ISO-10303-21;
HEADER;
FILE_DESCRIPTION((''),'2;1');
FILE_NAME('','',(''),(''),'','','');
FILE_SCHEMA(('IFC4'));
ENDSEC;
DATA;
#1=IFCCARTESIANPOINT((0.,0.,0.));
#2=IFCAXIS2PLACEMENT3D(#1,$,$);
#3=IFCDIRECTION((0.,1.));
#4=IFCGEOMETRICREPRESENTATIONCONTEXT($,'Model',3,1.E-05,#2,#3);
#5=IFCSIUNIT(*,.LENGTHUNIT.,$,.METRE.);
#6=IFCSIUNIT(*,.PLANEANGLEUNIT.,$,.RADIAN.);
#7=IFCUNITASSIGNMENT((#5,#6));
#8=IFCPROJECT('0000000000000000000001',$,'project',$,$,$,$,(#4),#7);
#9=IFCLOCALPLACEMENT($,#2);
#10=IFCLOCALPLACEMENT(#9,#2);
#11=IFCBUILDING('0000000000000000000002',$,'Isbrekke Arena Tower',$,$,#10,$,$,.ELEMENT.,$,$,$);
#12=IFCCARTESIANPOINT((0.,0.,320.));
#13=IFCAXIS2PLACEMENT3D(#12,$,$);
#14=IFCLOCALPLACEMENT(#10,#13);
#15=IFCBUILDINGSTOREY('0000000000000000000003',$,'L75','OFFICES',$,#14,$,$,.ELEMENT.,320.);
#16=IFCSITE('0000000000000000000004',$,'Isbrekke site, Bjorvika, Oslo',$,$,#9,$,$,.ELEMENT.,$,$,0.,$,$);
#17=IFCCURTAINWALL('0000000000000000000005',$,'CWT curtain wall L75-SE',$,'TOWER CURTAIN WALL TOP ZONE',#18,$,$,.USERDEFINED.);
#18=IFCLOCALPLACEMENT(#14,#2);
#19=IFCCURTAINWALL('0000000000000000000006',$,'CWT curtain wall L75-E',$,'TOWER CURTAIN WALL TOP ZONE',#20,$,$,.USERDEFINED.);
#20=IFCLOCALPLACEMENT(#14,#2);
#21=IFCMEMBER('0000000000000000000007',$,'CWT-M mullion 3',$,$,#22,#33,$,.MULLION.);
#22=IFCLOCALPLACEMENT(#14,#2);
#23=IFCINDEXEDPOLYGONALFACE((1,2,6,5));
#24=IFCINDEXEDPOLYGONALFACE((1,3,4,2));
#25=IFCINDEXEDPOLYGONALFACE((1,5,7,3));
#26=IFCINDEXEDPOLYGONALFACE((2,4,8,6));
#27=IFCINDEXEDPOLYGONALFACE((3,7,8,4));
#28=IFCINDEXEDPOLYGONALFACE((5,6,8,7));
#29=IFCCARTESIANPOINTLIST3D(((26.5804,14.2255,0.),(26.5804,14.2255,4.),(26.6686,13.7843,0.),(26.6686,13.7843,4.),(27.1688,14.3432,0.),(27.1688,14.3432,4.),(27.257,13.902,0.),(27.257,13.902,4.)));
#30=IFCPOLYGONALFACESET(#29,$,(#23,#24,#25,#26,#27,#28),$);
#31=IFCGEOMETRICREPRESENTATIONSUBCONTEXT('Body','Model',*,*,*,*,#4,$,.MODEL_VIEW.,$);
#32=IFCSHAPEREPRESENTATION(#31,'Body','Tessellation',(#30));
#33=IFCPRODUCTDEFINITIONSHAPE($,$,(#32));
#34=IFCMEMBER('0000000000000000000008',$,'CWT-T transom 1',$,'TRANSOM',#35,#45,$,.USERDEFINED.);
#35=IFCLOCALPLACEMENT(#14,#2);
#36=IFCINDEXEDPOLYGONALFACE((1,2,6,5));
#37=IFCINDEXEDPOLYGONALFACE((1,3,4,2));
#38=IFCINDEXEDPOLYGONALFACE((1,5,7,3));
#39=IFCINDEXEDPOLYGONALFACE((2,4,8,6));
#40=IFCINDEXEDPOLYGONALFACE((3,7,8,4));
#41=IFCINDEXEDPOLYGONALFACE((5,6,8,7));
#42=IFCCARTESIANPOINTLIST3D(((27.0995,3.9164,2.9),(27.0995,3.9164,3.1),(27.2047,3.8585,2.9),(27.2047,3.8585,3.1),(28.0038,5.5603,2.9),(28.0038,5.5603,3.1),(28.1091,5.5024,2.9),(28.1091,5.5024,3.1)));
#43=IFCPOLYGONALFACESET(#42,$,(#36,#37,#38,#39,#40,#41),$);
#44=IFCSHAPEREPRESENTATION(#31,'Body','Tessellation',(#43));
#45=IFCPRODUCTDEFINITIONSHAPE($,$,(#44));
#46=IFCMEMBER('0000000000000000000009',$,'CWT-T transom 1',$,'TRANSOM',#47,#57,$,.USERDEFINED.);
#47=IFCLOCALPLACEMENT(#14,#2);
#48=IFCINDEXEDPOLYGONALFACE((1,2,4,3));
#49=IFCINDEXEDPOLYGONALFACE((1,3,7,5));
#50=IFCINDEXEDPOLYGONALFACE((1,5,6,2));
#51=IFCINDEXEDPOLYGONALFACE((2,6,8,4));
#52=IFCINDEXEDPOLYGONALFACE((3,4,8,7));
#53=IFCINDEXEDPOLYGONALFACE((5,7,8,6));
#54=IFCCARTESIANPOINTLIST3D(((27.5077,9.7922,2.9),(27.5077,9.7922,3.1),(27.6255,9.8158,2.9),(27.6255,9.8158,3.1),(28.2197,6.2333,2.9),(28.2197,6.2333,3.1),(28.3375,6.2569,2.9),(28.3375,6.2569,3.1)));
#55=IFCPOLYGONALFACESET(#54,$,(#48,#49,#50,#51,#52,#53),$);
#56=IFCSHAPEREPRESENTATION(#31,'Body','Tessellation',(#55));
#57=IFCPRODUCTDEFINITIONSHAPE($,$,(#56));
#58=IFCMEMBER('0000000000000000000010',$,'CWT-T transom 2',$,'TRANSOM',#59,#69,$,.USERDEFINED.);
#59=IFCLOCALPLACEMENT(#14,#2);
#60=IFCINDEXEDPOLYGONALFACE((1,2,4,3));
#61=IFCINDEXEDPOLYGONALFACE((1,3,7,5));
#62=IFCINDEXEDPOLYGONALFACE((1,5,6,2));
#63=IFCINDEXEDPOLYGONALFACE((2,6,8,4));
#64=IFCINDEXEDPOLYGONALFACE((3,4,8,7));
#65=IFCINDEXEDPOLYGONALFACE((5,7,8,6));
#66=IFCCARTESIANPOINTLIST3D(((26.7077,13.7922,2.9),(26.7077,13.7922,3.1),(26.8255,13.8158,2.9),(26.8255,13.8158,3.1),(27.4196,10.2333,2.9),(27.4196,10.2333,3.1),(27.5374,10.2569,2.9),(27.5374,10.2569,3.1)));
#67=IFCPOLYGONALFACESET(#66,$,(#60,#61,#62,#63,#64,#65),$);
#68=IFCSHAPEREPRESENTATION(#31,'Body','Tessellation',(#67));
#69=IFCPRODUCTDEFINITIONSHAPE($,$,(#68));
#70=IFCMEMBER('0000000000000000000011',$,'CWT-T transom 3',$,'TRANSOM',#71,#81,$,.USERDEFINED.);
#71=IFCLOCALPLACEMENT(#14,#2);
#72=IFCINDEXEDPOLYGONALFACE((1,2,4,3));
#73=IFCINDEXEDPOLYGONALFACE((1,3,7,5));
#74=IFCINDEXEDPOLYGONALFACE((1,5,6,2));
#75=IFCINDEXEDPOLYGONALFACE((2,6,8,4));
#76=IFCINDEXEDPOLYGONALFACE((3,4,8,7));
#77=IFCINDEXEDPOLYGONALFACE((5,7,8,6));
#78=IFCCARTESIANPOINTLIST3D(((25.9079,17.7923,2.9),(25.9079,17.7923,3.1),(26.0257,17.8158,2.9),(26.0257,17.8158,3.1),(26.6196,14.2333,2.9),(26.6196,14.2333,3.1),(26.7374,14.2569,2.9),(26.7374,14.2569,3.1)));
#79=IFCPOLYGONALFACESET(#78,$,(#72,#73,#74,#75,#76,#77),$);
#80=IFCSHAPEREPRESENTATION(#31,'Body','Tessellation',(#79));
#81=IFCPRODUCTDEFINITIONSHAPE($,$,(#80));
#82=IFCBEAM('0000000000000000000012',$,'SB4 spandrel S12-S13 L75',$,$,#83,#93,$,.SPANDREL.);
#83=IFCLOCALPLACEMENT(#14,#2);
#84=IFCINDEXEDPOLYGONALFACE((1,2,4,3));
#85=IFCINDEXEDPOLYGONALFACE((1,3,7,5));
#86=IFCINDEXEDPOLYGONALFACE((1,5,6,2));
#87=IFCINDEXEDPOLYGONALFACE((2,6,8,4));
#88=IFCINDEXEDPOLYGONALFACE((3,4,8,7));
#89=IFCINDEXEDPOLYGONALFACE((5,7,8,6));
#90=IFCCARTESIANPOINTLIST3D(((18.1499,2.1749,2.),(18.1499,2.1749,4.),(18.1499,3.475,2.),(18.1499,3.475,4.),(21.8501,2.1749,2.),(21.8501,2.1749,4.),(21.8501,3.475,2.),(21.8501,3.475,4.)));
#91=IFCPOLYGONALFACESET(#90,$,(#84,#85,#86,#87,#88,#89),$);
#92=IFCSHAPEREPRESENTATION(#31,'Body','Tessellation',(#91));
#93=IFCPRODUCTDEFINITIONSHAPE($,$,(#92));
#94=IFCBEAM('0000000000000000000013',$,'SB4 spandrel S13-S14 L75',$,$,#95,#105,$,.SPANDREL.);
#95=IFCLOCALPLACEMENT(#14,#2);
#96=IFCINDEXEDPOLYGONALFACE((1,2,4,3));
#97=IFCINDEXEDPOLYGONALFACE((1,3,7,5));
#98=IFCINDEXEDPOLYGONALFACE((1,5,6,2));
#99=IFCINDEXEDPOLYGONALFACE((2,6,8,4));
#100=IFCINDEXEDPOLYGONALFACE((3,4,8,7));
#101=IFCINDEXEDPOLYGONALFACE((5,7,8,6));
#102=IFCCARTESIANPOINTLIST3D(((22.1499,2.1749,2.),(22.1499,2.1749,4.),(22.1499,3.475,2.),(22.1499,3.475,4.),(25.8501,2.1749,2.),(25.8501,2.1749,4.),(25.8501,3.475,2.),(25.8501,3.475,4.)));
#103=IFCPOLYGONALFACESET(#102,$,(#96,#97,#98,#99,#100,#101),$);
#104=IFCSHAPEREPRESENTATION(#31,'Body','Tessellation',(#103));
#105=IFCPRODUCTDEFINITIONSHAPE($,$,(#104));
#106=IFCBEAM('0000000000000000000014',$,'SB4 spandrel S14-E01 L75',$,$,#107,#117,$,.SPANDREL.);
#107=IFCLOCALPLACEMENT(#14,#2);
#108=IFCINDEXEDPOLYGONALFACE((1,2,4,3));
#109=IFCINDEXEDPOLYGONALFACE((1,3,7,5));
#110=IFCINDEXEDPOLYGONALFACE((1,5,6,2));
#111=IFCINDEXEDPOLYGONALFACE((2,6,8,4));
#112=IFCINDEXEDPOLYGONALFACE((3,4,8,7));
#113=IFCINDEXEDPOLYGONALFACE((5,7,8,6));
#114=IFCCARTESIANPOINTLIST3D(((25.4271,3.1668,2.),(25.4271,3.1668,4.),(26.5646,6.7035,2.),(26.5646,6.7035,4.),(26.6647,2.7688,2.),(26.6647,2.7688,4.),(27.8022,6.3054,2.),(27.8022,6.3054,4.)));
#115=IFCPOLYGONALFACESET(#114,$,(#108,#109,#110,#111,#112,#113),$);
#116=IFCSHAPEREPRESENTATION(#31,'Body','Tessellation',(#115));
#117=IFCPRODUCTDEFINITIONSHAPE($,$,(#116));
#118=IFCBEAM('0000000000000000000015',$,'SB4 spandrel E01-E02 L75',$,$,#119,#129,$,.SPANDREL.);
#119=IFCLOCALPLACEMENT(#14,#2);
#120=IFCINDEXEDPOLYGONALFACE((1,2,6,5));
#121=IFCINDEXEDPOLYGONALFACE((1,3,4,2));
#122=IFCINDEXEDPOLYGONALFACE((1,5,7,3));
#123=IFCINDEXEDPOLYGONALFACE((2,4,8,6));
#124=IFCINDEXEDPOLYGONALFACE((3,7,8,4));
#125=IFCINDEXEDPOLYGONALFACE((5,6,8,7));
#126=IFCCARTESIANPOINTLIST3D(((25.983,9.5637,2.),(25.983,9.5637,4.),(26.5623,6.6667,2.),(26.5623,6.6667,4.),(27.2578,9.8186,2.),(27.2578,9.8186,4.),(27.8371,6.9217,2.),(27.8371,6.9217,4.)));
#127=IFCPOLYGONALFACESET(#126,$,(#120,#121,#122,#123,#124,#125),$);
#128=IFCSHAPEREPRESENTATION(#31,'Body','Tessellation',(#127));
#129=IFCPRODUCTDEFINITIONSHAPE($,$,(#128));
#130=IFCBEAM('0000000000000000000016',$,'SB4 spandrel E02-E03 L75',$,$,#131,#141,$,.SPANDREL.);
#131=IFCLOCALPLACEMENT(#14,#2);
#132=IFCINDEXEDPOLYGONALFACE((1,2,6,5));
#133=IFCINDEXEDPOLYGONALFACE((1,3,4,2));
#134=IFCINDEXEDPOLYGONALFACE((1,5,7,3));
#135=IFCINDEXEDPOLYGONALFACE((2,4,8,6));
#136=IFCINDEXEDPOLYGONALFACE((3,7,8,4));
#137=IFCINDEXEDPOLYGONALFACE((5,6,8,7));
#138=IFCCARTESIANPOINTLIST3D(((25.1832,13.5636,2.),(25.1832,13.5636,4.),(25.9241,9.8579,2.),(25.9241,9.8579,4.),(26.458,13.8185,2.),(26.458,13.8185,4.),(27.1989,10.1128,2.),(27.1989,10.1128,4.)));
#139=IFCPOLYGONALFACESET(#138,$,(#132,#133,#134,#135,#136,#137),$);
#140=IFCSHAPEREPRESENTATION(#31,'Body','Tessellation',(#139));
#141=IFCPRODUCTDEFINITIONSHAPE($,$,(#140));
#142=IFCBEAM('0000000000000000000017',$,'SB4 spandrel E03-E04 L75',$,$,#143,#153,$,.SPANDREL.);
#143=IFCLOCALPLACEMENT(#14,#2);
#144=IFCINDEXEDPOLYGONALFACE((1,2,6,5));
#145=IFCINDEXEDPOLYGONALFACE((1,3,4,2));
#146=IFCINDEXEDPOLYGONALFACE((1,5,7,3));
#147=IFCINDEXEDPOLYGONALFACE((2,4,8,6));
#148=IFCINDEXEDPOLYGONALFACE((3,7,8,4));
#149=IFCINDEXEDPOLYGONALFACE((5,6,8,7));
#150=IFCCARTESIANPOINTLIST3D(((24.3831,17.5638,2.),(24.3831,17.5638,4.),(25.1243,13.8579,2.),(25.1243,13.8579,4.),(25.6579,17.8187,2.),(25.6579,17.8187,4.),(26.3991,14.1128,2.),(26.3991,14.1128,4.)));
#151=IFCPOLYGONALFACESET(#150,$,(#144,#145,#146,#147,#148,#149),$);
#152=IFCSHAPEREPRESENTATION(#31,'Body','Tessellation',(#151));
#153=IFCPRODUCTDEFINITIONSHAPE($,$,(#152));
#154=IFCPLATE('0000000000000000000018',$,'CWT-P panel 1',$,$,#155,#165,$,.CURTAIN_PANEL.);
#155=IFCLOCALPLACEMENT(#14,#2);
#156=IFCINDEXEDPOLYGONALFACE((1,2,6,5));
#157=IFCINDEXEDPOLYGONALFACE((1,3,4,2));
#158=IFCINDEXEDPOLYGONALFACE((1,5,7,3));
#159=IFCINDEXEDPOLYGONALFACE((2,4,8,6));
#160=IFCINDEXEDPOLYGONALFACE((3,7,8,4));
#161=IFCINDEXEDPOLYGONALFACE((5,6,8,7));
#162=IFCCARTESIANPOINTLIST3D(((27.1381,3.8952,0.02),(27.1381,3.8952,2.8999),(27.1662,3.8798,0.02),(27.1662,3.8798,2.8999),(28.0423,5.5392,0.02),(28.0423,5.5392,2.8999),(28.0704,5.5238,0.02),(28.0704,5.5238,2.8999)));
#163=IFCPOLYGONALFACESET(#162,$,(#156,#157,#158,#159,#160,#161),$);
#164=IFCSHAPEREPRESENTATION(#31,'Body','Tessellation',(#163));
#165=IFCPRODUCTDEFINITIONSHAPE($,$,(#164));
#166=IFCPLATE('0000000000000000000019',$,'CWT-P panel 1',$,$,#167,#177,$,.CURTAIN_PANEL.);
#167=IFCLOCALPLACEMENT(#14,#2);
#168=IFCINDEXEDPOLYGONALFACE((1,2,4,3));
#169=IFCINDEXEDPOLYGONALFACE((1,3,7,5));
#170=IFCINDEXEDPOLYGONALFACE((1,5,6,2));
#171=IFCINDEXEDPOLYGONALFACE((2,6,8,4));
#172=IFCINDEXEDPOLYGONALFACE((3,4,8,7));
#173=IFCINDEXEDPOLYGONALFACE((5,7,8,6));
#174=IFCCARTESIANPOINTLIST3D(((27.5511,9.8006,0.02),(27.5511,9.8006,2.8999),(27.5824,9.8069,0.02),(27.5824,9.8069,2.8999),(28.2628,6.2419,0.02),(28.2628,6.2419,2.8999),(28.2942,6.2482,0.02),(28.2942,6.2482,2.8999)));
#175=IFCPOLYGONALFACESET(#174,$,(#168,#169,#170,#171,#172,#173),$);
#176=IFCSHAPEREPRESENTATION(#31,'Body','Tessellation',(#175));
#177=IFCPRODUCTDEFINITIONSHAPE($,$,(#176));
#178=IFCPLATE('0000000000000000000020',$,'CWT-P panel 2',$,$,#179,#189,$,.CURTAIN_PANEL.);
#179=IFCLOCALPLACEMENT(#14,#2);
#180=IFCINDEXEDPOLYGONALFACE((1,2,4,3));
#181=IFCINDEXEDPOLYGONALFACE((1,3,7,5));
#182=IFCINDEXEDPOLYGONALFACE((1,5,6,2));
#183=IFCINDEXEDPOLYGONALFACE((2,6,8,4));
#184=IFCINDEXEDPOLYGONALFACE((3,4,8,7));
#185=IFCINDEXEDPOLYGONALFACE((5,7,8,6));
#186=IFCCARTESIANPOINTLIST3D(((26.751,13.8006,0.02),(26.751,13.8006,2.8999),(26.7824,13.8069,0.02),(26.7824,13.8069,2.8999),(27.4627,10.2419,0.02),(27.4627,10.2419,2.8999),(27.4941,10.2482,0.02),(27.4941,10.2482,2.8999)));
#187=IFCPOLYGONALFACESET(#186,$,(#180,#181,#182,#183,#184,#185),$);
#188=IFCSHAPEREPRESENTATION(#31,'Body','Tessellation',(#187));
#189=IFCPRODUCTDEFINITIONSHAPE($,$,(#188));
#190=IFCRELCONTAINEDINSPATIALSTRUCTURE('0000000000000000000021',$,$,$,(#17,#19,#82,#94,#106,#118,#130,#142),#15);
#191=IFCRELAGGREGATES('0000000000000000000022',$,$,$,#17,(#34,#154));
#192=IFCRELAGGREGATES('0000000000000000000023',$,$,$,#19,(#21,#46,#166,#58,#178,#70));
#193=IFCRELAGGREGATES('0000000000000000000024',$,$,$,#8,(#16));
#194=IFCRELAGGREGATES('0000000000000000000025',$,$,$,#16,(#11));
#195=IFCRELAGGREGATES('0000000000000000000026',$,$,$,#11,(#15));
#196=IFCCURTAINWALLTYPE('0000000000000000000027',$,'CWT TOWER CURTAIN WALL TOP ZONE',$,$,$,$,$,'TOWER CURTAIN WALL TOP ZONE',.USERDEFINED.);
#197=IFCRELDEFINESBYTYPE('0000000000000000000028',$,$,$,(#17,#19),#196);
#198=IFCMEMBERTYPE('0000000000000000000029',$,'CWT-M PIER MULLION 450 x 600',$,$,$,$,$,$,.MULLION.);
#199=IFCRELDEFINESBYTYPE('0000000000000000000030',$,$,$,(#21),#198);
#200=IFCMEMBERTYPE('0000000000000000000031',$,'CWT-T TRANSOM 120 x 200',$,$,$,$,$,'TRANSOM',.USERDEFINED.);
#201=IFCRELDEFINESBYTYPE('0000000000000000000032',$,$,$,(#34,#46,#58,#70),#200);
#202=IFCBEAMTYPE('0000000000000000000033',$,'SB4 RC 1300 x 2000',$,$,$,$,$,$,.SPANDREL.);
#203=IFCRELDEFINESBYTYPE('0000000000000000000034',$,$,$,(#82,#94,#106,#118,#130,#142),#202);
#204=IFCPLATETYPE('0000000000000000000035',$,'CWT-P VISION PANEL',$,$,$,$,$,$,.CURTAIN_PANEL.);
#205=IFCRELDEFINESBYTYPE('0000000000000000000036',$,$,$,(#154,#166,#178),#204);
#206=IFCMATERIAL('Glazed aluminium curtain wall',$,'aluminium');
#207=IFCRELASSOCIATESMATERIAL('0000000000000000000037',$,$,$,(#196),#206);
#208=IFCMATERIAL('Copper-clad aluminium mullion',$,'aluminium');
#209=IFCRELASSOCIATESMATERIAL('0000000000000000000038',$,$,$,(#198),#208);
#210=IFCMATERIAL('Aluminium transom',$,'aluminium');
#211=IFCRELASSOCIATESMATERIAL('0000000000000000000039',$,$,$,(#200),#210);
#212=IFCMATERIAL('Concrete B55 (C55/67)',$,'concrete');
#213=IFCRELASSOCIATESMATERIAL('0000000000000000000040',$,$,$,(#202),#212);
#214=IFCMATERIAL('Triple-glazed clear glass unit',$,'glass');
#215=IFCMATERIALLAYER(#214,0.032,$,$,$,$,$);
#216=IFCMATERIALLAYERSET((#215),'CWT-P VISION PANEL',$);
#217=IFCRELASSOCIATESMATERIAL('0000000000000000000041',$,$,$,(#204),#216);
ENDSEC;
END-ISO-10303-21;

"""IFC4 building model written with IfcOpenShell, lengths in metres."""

from ifc_helpers import new_model, si_unit, direction, frame, origin, origin_2d, place, context, subcontext, project, spatial, rectangle, extrude, material, layer, layer_set, material_profile, profile_set, type_object, element, aggregate, save


model = new_model("IFC4")

# Units and contexts
model_context = context("Model", 3, precision=1e-05, world=origin(), true_north=direction((0.0, 1.0)))
body_context = subcontext(model_context, "Body", "Model", "MODEL_VIEW")
ifc_project = project(units=[si_unit("LENGTHUNIT", "METRE"), si_unit("PLANEANGLEUNIT", "RADIAN")], contexts=[model_context])

# Site, building, storey
site_placement = place(None, origin())
site = spatial("IfcSite", under=ifc_project, at=site_placement, Name="Isbrekke site, Bjorvika, Oslo", CompositionType="ELEMENT", RefElevation=0.0)
building_placement = place(site_placement, origin())
building = spatial("IfcBuilding", under=site, at=building_placement, Name="Isbrekke Arena Tower", CompositionType="ELEMENT")
storey_placement = place(building_placement, frame((0.0, 0.0, 320.0)))
storey = spatial("IfcBuildingStorey", under=building, at=storey_placement, Name="L75", Description="OFFICES", CompositionType="ELEMENT", Elevation=320.0)

# Curtain walls, member
ifc_material_1 = material(Name="Glazed aluminium curtain wall", Category="aluminium")
curtain_wall_type = type_object("IfcCurtainWallType", Name="CWT TOWER CURTAIN WALL TOP ZONE", ElementType="TOWER CURTAIN WALL TOP ZONE", PredefinedType="USERDEFINED", material=ifc_material_1)
curtain_wall_1_placement = place(storey_placement, origin())
curtain_wall_1 = element("IfcCurtainWall", 1, at=curtain_wall_1_placement, inside=storey, type_object=curtain_wall_type, Name="CWT curtain wall L75-SE", ObjectType="TOWER CURTAIN WALL TOP ZONE", PredefinedType="USERDEFINED")
ifc_material_2 = material(Name="Copper-clad aluminium mullion", Category="aluminium")
ifc_material_profile_1 = material_profile(ifc_material_2, rectangle(XDim=0.45, YDim=0.6001, at=origin_2d()), Name="PIER 450X600")
ifc_profile_set_1 = profile_set([ifc_material_profile_1], Name="Copper-clad aluminium mullion")
member_type_1 = type_object("IfcMemberType", Name="CWT-M PIER MULLION 450 x 600", PredefinedType="MULLION", material=ifc_profile_set_1)
curtain_wall_2_placement = place(storey_placement, origin())
curtain_wall_2 = element("IfcCurtainWall", 2, at=curtain_wall_2_placement, inside=storey, type_object=curtain_wall_type, Name="CWT curtain wall L75-E", ObjectType="TOWER CURTAIN WALL TOP ZONE", PredefinedType="USERDEFINED")
member_1_placement = place(storey_placement, frame((26.9187, 14.0637, 0.0), z_axis=(0.0, 0.0, 1.0), x_axis=(-0.196116, 0.980581, 0.0)))
member_1 = element("IfcMember", 3, at=member_1_placement, type_object=member_type_1, Name="CWT-M mullion 3", PredefinedType="MULLION", context=body_context, shape_type="SweptSolid", body=[
    extrude(rectangle(XDim=0.45, YDim=0.6001, at=origin_2d()), origin(), (0.0, 0.0, 1.0), 4.0),
])

# Members
ifc_material_3 = material(Name="Aluminium transom", Category="aluminium")
ifc_material_profile_2 = material_profile(ifc_material_3, rectangle(XDim=0.1201, YDim=0.2, at=origin_2d()), Name="TRANSOM 120X200")
ifc_profile_set_2 = profile_set([ifc_material_profile_2], Name="Aluminium transom")
member_type_2 = type_object("IfcMemberType", Name="CWT-T TRANSOM 120 x 200", ElementType="TRANSOM", PredefinedType="USERDEFINED", material=ifc_profile_set_2)
member_2_placement = place(storey_placement, frame((27.1521, 3.8875, 3.0), z_axis=(0.482004, 0.876169, 0.0), x_axis=(-0.876169, 0.482004, 0.0)))
member_2 = element("IfcMember", 4, at=member_2_placement, type_object=member_type_2, Name="CWT-T transom 1", ObjectType="TRANSOM", PredefinedType="USERDEFINED", context=body_context, shape_type="SweptSolid", body=[
    extrude(rectangle(XDim=0.1201, YDim=0.2, at=origin_2d()), origin(), (0.0, 0.0, 1.0), 1.8762),
])
member_3_placement = place(storey_placement, frame((28.2786, 6.2451, 3.0), z_axis=(-0.196155, 0.980573, 0.0), x_axis=(-0.980573, -0.196155, 0.0)))
member_3 = element("IfcMember", 5, at=member_3_placement, type_object=member_type_2, Name="CWT-T transom 1", ObjectType="TRANSOM", PredefinedType="USERDEFINED", context=body_context, shape_type="SweptSolid", body=[
    extrude(rectangle(XDim=0.1201, YDim=0.2, at=origin_2d()), origin(), (0.0, 0.0, 1.0), 3.6294),
])
member_4_placement = place(storey_placement, frame((27.4785, 10.2451, 3.0), z_axis=(-0.196155, 0.980573, 0.0), x_axis=(-0.980573, -0.196155, 0.0)))
member_4 = element("IfcMember", 6, at=member_4_placement, type_object=member_type_2, Name="CWT-T transom 2", ObjectType="TRANSOM", PredefinedType="USERDEFINED", context=body_context, shape_type="SweptSolid", body=[
    extrude(rectangle(XDim=0.1201, YDim=0.2, at=origin_2d()), origin(), (0.0, 0.0, 1.0), 3.6294),
])
member_5_placement = place(storey_placement, frame((26.6785, 14.2451, 3.0), z_axis=(-0.19609, 0.980586, 0.0), x_axis=(-0.980586, -0.19609, 0.0)))
member_5 = element("IfcMember", 7, at=member_5_placement, type_object=member_type_2, Name="CWT-T transom 3", ObjectType="TRANSOM", PredefinedType="USERDEFINED", context=body_context, shape_type="SweptSolid", body=[
    extrude(rectangle(XDim=0.1201, YDim=0.2, at=origin_2d()), origin(), (0.0, 0.0, 1.0), 3.6294),
])

# Beams
ifc_material_4 = material(Name="Concrete B55 (C55/67)", Category="concrete")
ifc_material_profile_3 = material_profile(ifc_material_4, rectangle(XDim=1.3, YDim=2.0, at=origin_2d()), Name="RC 1300x2000")
ifc_profile_set_3 = profile_set([ifc_material_profile_3], Name="Concrete B55 (C55/67)")
beam_type_1 = type_object("IfcBeamType", Name="SB4 RC 1300 x 2000", PredefinedType="SPANDREL", material=ifc_profile_set_3)
for number, where, z_axis, x_axis, name in (
    (8, (18.1499, 2.825, 3.0), (1.0, 0.0, 0.0), (0.0, 1.0, 0.0), "SB4 spandrel S12-S13 L75"),
    (9, (22.1499, 2.825, 3.0), (1.0, 0.0, 0.0), (0.0, 1.0, 0.0), "SB4 spandrel S13-S14 L75"),
):
    element("IfcBeam", number, at=place(storey_placement, frame(where, z_axis=z_axis, x_axis=x_axis)), inside=storey, type_object=beam_type_1, Name=name, PredefinedType="SPANDREL", context=body_context, shape_type="SweptSolid", body=[
        extrude(rectangle(XDim=1.3, YDim=2.0, at=origin_2d()), origin(), (0.0, 0.0, 1.0), 3.7002),
    ])
beam_1_placement = place(storey_placement, frame((26.0459, 2.9678, 3.0), z_axis=(0.306175, 0.951975, 0.0), x_axis=(-0.951975, 0.306175, 0.0)))
element("IfcBeam", 10, at=beam_1_placement, inside=storey, type_object=beam_type_1, Name="SB4 spandrel S14-E01 L75", PredefinedType="SPANDREL", context=body_context, shape_type="SweptSolid", body=[
    extrude(rectangle(XDim=1.3, YDim=2.0, at=origin_2d()), origin(), (0.0, 0.0, 1.0), 3.7151),
])
beam_2_placement = place(storey_placement, frame((27.1997, 6.7942, 3.0), z_axis=(-0.1961, 0.980584, 0.0), x_axis=(-0.980584, -0.1961, 0.0)))
element("IfcBeam", 11, at=beam_2_placement, inside=storey, type_object=beam_type_1, Name="SB4 spandrel E01-E02 L75", PredefinedType="SPANDREL", context=body_context, shape_type="SweptSolid", body=[
    extrude(rectangle(XDim=1.3, YDim=2.0, at=origin_2d()), origin(), (0.0, 0.0, 1.0), 2.9543),
])
beam_3_placement = place(storey_placement, frame((26.5615, 9.9854, 3.0), z_axis=(-0.196066, 0.980591, 0.0), x_axis=(-0.980591, -0.196066, 0.0)))
element("IfcBeam", 12, at=beam_3_placement, inside=storey, type_object=beam_type_1, Name="SB4 spandrel E02-E03 L75", PredefinedType="SPANDREL", context=body_context, shape_type="SweptSolid", body=[
    extrude(rectangle(XDim=1.3, YDim=2.0, at=origin_2d()), origin(), (0.0, 0.0, 1.0), 3.7791),
])
beam_4_placement = place(storey_placement, frame((25.7617, 13.9854, 3.0), z_axis=(-0.196129, 0.980578, 0.0), x_axis=(-0.980578, -0.196129, 0.0)))
element("IfcBeam", 13, at=beam_4_placement, inside=storey, type_object=beam_type_1, Name="SB4 spandrel E03-E04 L75", PredefinedType="SPANDREL", context=body_context, shape_type="SweptSolid", body=[
    extrude(rectangle(XDim=1.3, YDim=2.0, at=origin_2d()), origin(), (0.0, 0.0, 1.0), 3.7793),
])

# Plates
ifc_material_5 = material(Name="Triple-glazed clear glass unit", Category="glass")
ifc_layer_1 = layer(ifc_material_5, 0.032)
ifc_layer_set_1 = layer_set([ifc_layer_1], Name="CWT-P VISION PANEL")
plate_type = type_object("IfcPlateType", Name="CWT-P VISION PANEL", PredefinedType="CURTAIN_PANEL", material=ifc_layer_set_1)
plate_1_placement = place(storey_placement, frame((27.6042, 4.7095, 0.02), z_axis=(0.0, 0.0, 1.0), x_axis=(0.481919, 0.876216, 0.0)))
plate_1 = element("IfcPlate", 14, at=plate_1_placement, type_object=plate_type, Name="CWT-P panel 1", PredefinedType="CURTAIN_PANEL", context=body_context, shape_type="SweptSolid", body=[
    extrude(rectangle(XDim=1.8762, YDim=0.032, at=origin_2d()), origin(), (0.0, 0.0, 1.0), 2.8799),
])
aggregate(curtain_wall_1, [member_2, plate_1])
plate_2_placement = place(storey_placement, frame((27.9226, 8.0244, 0.02), z_axis=(0.0, 0.0, 1.0), x_axis=(-0.196116, 0.980581, 0.0)))
plate_2 = element("IfcPlate", 15, at=plate_2_placement, type_object=plate_type, Name="CWT-P panel 1", PredefinedType="CURTAIN_PANEL", context=body_context, shape_type="SweptSolid", body=[
    extrude(rectangle(XDim=3.6292, YDim=0.032, at=origin_2d()), origin(), (0.0, 0.0, 1.0), 2.8799),
])
plate_3_placement = place(storey_placement, frame((27.1226, 12.0244, 0.02), z_axis=(0.0, 0.0, 1.0), x_axis=(-0.196116, 0.980581, 0.0)))
plate_3 = element("IfcPlate", 16, at=plate_3_placement, type_object=plate_type, Name="CWT-P panel 2", PredefinedType="CURTAIN_PANEL", context=body_context, shape_type="SweptSolid", body=[
    extrude(rectangle(XDim=3.6292, YDim=0.032, at=origin_2d()), origin(), (0.0, 0.0, 1.0), 2.8799),
])
aggregate(curtain_wall_2, [member_1, member_3, plate_2, member_4, plate_3, member_5])

save(model, "model.ifc")
